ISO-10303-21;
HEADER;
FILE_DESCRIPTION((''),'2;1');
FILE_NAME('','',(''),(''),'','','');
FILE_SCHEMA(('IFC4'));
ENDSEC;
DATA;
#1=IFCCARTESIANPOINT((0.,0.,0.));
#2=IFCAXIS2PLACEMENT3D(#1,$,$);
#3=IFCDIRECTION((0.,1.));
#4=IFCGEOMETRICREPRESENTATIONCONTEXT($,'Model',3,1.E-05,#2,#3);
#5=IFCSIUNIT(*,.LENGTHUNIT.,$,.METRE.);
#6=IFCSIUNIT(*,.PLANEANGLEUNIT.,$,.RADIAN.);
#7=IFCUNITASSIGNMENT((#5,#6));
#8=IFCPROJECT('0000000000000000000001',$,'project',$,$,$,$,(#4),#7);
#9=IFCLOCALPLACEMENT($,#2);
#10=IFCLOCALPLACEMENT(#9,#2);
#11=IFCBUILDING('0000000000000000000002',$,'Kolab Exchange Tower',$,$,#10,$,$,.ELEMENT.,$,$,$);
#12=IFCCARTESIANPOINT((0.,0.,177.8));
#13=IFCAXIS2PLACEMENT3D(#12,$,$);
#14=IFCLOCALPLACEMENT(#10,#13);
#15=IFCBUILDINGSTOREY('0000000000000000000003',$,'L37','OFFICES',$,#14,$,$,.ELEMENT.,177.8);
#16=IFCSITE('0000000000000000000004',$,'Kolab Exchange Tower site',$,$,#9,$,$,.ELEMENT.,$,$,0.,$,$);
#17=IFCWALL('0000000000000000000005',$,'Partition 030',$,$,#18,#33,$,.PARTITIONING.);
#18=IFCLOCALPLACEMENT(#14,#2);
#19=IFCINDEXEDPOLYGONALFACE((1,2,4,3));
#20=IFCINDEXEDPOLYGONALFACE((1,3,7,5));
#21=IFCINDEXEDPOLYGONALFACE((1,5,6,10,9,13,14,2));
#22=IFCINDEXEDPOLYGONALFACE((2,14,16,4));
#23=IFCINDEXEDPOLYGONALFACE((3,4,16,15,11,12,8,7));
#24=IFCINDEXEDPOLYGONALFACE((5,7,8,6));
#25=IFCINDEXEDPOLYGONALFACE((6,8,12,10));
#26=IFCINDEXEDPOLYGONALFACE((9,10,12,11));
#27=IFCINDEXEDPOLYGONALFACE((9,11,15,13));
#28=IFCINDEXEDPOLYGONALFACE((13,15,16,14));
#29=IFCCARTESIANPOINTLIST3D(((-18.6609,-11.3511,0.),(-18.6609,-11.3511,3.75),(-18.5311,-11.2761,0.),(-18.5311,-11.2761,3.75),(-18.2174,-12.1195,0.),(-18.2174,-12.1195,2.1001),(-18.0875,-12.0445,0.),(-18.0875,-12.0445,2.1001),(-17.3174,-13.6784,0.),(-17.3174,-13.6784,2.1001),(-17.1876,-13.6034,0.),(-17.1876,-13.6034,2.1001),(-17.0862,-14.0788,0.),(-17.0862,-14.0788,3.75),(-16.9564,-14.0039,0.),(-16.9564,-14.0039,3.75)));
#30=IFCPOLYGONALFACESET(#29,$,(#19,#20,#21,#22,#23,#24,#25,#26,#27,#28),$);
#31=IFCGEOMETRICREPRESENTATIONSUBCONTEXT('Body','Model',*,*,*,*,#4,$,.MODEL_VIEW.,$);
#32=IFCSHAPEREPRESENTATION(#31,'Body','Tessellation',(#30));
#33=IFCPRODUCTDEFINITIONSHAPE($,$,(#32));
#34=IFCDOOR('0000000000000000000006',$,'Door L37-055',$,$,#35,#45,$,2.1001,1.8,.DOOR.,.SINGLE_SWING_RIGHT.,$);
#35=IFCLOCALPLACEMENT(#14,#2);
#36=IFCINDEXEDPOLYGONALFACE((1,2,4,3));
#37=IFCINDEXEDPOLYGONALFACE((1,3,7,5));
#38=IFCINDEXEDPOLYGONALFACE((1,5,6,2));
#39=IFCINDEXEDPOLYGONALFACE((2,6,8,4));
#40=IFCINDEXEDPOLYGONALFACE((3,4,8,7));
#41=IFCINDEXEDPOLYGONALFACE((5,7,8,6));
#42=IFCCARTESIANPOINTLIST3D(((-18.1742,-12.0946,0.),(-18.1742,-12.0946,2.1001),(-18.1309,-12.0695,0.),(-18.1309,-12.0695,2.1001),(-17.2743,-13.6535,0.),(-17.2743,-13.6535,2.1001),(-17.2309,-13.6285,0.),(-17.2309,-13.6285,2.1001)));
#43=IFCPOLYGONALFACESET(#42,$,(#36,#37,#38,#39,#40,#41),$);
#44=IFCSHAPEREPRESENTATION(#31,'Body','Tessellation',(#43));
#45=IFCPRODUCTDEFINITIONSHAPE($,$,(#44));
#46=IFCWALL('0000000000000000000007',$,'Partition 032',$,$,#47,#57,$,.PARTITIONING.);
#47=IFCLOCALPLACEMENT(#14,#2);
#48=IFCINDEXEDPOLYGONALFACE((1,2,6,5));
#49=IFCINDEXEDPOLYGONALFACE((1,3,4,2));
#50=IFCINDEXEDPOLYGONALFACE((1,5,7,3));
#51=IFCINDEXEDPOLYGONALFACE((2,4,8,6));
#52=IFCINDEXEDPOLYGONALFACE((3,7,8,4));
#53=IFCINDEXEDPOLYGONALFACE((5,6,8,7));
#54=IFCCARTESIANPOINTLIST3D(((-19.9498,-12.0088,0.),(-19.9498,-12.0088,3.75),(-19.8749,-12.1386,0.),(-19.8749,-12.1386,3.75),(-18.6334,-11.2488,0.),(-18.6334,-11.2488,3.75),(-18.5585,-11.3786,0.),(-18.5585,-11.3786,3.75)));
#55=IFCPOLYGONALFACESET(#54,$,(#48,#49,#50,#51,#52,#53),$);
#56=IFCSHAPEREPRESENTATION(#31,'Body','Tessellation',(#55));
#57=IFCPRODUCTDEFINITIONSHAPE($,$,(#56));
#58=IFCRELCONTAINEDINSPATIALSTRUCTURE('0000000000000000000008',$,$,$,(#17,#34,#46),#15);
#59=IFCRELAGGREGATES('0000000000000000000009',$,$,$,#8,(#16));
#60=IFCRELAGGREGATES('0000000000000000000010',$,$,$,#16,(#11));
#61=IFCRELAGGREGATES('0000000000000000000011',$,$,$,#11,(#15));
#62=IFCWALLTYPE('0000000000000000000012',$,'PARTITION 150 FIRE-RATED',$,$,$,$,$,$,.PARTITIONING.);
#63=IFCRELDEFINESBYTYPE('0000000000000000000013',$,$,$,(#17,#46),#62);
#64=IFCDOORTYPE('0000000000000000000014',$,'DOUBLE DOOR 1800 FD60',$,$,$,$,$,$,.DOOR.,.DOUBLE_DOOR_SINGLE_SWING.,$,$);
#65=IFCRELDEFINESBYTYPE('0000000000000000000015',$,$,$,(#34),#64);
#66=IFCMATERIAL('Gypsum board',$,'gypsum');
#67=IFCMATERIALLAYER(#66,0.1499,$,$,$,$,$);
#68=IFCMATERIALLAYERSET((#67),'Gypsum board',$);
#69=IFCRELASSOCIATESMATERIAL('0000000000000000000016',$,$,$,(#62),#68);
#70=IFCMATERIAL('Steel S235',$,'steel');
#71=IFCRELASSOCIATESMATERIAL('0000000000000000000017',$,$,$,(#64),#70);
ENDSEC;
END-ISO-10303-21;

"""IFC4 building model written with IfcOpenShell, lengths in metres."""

from ifc_helpers import new_model, si_unit, direction, frame, frame_2d, origin, place, context, subcontext, project, spatial, rectangle, extrude, material, layer, layer_set, type_object, element, fill, save


model = new_model("IFC4")

# Units and contexts
model_context = context("Model", 3, precision=1e-05, world=origin(), true_north=direction((0.0, 1.0)))
body_context = subcontext(model_context, "Body", "Model", "MODEL_VIEW")
ifc_project = project(units=[si_unit("LENGTHUNIT", "METRE"), si_unit("PLANEANGLEUNIT", "RADIAN")], contexts=[model_context])

# Site, building, storey
site_placement = place(None, origin())
site = spatial("IfcSite", under=ifc_project, at=site_placement, Name="Kolab Exchange Tower site", CompositionType="ELEMENT", RefElevation=0.0)
building_placement = place(site_placement, origin())
building = spatial("IfcBuilding", under=site, at=building_placement, Name="Kolab Exchange Tower", CompositionType="ELEMENT")
storey_placement = place(building_placement, frame((0.0, 0.0, 177.8)))
storey = spatial("IfcBuildingStorey", under=building, at=storey_placement, Name="L37", Description="OFFICES", CompositionType="ELEMENT", Elevation=177.8)

# Shared definitions
ifc_material_1 = material(Name="Gypsum board", Category="gypsum")

# Wall, opening, door
ifc_layer_1 = layer(ifc_material_1, 0.1499)
ifc_layer_set_1 = layer_set([ifc_layer_1], Name="Gypsum board")
wall_type_1 = type_object("IfcWallType", Name="PARTITION 150 FIRE-RATED", PredefinedType="PARTITIONING", material=ifc_layer_set_1)
wall_1_placement = place(storey_placement, frame((-18.5959, -11.3137, 0.0), z_axis=(0.0, 0.0, 1.0), x_axis=(0.499957, -0.86605, 0.0)))
wall_1 = element("IfcWall", 1, at=wall_1_placement, inside=storey, type_object=wall_type_1, Name="Partition 030", PredefinedType="PARTITIONING", context=body_context, shape_type="SweptSolid", body=[
    extrude(rectangle(XDim=3.1497, YDim=0.1499, at=frame_2d((1.5747, 0.0))), origin(), (0.0, 0.0, 1.0), 3.75),
])
opening_placement = place(wall_1_placement, frame((0.8872, 0.0, 0.0)))
opening = element("IfcOpeningElement", 2, at=opening_placement, cuts=wall_1, PredefinedType="OPENING", context=body_context, shape_type="SweptSolid", body=[
    extrude(rectangle(XDim=1.8, YDim=2.1001, at=frame_2d((0.8999, 1.05))), frame((0.0, 0.085, 0.0), z_axis=(0.0, -1.0, 0.0), x_axis=(1.0, 0.0, 0.0)), (0.0, 0.0, 1.0), 0.1699),
])
ifc_material_2 = material(Name="Steel S235", Category="steel")
door_type = type_object("IfcDoorType", Name="DOUBLE DOOR 1800 FD60", OperationType="DOUBLE_DOOR_SINGLE_SWING", PredefinedType="DOOR", material=ifc_material_2)
door_placement = place(opening_placement, origin())
door = element("IfcDoor", 3, at=door_placement, inside=storey, type_object=door_type, Name="Door L37-055", OperationType="SINGLE_SWING_RIGHT", OverallHeight=2.1001, OverallWidth=1.8, PredefinedType="DOOR", context=body_context, shape_type="SweptSolid", body=[
    extrude(rectangle(XDim=1.8, YDim=2.1001, at=frame_2d((0.8999, 1.05))), frame((0.0, 0.0249, 0.0), z_axis=(0.0, -1.0, 0.0), x_axis=(1.0, 0.0, 0.0)), (0.0, 0.0, 1.0), 0.05),
])
fill(opening, door)

# Wall
wall_2_placement = place(storey_placement, frame((-19.9124, -12.0737, 0.0), z_axis=(0.0, 0.0, 1.0), x_axis=(0.86603, 0.499991, 0.0)))
element("IfcWall", 4, at=wall_2_placement, inside=storey, type_object=wall_type_1, Name="Partition 032", PredefinedType="PARTITIONING", context=body_context, shape_type="SweptSolid", body=[
    extrude(rectangle(XDim=1.52, YDim=0.1499, at=frame_2d((0.76, 0.0))), origin(), (0.0, 0.0, 1.0), 3.75),
])

save(model, "model.ifc")
